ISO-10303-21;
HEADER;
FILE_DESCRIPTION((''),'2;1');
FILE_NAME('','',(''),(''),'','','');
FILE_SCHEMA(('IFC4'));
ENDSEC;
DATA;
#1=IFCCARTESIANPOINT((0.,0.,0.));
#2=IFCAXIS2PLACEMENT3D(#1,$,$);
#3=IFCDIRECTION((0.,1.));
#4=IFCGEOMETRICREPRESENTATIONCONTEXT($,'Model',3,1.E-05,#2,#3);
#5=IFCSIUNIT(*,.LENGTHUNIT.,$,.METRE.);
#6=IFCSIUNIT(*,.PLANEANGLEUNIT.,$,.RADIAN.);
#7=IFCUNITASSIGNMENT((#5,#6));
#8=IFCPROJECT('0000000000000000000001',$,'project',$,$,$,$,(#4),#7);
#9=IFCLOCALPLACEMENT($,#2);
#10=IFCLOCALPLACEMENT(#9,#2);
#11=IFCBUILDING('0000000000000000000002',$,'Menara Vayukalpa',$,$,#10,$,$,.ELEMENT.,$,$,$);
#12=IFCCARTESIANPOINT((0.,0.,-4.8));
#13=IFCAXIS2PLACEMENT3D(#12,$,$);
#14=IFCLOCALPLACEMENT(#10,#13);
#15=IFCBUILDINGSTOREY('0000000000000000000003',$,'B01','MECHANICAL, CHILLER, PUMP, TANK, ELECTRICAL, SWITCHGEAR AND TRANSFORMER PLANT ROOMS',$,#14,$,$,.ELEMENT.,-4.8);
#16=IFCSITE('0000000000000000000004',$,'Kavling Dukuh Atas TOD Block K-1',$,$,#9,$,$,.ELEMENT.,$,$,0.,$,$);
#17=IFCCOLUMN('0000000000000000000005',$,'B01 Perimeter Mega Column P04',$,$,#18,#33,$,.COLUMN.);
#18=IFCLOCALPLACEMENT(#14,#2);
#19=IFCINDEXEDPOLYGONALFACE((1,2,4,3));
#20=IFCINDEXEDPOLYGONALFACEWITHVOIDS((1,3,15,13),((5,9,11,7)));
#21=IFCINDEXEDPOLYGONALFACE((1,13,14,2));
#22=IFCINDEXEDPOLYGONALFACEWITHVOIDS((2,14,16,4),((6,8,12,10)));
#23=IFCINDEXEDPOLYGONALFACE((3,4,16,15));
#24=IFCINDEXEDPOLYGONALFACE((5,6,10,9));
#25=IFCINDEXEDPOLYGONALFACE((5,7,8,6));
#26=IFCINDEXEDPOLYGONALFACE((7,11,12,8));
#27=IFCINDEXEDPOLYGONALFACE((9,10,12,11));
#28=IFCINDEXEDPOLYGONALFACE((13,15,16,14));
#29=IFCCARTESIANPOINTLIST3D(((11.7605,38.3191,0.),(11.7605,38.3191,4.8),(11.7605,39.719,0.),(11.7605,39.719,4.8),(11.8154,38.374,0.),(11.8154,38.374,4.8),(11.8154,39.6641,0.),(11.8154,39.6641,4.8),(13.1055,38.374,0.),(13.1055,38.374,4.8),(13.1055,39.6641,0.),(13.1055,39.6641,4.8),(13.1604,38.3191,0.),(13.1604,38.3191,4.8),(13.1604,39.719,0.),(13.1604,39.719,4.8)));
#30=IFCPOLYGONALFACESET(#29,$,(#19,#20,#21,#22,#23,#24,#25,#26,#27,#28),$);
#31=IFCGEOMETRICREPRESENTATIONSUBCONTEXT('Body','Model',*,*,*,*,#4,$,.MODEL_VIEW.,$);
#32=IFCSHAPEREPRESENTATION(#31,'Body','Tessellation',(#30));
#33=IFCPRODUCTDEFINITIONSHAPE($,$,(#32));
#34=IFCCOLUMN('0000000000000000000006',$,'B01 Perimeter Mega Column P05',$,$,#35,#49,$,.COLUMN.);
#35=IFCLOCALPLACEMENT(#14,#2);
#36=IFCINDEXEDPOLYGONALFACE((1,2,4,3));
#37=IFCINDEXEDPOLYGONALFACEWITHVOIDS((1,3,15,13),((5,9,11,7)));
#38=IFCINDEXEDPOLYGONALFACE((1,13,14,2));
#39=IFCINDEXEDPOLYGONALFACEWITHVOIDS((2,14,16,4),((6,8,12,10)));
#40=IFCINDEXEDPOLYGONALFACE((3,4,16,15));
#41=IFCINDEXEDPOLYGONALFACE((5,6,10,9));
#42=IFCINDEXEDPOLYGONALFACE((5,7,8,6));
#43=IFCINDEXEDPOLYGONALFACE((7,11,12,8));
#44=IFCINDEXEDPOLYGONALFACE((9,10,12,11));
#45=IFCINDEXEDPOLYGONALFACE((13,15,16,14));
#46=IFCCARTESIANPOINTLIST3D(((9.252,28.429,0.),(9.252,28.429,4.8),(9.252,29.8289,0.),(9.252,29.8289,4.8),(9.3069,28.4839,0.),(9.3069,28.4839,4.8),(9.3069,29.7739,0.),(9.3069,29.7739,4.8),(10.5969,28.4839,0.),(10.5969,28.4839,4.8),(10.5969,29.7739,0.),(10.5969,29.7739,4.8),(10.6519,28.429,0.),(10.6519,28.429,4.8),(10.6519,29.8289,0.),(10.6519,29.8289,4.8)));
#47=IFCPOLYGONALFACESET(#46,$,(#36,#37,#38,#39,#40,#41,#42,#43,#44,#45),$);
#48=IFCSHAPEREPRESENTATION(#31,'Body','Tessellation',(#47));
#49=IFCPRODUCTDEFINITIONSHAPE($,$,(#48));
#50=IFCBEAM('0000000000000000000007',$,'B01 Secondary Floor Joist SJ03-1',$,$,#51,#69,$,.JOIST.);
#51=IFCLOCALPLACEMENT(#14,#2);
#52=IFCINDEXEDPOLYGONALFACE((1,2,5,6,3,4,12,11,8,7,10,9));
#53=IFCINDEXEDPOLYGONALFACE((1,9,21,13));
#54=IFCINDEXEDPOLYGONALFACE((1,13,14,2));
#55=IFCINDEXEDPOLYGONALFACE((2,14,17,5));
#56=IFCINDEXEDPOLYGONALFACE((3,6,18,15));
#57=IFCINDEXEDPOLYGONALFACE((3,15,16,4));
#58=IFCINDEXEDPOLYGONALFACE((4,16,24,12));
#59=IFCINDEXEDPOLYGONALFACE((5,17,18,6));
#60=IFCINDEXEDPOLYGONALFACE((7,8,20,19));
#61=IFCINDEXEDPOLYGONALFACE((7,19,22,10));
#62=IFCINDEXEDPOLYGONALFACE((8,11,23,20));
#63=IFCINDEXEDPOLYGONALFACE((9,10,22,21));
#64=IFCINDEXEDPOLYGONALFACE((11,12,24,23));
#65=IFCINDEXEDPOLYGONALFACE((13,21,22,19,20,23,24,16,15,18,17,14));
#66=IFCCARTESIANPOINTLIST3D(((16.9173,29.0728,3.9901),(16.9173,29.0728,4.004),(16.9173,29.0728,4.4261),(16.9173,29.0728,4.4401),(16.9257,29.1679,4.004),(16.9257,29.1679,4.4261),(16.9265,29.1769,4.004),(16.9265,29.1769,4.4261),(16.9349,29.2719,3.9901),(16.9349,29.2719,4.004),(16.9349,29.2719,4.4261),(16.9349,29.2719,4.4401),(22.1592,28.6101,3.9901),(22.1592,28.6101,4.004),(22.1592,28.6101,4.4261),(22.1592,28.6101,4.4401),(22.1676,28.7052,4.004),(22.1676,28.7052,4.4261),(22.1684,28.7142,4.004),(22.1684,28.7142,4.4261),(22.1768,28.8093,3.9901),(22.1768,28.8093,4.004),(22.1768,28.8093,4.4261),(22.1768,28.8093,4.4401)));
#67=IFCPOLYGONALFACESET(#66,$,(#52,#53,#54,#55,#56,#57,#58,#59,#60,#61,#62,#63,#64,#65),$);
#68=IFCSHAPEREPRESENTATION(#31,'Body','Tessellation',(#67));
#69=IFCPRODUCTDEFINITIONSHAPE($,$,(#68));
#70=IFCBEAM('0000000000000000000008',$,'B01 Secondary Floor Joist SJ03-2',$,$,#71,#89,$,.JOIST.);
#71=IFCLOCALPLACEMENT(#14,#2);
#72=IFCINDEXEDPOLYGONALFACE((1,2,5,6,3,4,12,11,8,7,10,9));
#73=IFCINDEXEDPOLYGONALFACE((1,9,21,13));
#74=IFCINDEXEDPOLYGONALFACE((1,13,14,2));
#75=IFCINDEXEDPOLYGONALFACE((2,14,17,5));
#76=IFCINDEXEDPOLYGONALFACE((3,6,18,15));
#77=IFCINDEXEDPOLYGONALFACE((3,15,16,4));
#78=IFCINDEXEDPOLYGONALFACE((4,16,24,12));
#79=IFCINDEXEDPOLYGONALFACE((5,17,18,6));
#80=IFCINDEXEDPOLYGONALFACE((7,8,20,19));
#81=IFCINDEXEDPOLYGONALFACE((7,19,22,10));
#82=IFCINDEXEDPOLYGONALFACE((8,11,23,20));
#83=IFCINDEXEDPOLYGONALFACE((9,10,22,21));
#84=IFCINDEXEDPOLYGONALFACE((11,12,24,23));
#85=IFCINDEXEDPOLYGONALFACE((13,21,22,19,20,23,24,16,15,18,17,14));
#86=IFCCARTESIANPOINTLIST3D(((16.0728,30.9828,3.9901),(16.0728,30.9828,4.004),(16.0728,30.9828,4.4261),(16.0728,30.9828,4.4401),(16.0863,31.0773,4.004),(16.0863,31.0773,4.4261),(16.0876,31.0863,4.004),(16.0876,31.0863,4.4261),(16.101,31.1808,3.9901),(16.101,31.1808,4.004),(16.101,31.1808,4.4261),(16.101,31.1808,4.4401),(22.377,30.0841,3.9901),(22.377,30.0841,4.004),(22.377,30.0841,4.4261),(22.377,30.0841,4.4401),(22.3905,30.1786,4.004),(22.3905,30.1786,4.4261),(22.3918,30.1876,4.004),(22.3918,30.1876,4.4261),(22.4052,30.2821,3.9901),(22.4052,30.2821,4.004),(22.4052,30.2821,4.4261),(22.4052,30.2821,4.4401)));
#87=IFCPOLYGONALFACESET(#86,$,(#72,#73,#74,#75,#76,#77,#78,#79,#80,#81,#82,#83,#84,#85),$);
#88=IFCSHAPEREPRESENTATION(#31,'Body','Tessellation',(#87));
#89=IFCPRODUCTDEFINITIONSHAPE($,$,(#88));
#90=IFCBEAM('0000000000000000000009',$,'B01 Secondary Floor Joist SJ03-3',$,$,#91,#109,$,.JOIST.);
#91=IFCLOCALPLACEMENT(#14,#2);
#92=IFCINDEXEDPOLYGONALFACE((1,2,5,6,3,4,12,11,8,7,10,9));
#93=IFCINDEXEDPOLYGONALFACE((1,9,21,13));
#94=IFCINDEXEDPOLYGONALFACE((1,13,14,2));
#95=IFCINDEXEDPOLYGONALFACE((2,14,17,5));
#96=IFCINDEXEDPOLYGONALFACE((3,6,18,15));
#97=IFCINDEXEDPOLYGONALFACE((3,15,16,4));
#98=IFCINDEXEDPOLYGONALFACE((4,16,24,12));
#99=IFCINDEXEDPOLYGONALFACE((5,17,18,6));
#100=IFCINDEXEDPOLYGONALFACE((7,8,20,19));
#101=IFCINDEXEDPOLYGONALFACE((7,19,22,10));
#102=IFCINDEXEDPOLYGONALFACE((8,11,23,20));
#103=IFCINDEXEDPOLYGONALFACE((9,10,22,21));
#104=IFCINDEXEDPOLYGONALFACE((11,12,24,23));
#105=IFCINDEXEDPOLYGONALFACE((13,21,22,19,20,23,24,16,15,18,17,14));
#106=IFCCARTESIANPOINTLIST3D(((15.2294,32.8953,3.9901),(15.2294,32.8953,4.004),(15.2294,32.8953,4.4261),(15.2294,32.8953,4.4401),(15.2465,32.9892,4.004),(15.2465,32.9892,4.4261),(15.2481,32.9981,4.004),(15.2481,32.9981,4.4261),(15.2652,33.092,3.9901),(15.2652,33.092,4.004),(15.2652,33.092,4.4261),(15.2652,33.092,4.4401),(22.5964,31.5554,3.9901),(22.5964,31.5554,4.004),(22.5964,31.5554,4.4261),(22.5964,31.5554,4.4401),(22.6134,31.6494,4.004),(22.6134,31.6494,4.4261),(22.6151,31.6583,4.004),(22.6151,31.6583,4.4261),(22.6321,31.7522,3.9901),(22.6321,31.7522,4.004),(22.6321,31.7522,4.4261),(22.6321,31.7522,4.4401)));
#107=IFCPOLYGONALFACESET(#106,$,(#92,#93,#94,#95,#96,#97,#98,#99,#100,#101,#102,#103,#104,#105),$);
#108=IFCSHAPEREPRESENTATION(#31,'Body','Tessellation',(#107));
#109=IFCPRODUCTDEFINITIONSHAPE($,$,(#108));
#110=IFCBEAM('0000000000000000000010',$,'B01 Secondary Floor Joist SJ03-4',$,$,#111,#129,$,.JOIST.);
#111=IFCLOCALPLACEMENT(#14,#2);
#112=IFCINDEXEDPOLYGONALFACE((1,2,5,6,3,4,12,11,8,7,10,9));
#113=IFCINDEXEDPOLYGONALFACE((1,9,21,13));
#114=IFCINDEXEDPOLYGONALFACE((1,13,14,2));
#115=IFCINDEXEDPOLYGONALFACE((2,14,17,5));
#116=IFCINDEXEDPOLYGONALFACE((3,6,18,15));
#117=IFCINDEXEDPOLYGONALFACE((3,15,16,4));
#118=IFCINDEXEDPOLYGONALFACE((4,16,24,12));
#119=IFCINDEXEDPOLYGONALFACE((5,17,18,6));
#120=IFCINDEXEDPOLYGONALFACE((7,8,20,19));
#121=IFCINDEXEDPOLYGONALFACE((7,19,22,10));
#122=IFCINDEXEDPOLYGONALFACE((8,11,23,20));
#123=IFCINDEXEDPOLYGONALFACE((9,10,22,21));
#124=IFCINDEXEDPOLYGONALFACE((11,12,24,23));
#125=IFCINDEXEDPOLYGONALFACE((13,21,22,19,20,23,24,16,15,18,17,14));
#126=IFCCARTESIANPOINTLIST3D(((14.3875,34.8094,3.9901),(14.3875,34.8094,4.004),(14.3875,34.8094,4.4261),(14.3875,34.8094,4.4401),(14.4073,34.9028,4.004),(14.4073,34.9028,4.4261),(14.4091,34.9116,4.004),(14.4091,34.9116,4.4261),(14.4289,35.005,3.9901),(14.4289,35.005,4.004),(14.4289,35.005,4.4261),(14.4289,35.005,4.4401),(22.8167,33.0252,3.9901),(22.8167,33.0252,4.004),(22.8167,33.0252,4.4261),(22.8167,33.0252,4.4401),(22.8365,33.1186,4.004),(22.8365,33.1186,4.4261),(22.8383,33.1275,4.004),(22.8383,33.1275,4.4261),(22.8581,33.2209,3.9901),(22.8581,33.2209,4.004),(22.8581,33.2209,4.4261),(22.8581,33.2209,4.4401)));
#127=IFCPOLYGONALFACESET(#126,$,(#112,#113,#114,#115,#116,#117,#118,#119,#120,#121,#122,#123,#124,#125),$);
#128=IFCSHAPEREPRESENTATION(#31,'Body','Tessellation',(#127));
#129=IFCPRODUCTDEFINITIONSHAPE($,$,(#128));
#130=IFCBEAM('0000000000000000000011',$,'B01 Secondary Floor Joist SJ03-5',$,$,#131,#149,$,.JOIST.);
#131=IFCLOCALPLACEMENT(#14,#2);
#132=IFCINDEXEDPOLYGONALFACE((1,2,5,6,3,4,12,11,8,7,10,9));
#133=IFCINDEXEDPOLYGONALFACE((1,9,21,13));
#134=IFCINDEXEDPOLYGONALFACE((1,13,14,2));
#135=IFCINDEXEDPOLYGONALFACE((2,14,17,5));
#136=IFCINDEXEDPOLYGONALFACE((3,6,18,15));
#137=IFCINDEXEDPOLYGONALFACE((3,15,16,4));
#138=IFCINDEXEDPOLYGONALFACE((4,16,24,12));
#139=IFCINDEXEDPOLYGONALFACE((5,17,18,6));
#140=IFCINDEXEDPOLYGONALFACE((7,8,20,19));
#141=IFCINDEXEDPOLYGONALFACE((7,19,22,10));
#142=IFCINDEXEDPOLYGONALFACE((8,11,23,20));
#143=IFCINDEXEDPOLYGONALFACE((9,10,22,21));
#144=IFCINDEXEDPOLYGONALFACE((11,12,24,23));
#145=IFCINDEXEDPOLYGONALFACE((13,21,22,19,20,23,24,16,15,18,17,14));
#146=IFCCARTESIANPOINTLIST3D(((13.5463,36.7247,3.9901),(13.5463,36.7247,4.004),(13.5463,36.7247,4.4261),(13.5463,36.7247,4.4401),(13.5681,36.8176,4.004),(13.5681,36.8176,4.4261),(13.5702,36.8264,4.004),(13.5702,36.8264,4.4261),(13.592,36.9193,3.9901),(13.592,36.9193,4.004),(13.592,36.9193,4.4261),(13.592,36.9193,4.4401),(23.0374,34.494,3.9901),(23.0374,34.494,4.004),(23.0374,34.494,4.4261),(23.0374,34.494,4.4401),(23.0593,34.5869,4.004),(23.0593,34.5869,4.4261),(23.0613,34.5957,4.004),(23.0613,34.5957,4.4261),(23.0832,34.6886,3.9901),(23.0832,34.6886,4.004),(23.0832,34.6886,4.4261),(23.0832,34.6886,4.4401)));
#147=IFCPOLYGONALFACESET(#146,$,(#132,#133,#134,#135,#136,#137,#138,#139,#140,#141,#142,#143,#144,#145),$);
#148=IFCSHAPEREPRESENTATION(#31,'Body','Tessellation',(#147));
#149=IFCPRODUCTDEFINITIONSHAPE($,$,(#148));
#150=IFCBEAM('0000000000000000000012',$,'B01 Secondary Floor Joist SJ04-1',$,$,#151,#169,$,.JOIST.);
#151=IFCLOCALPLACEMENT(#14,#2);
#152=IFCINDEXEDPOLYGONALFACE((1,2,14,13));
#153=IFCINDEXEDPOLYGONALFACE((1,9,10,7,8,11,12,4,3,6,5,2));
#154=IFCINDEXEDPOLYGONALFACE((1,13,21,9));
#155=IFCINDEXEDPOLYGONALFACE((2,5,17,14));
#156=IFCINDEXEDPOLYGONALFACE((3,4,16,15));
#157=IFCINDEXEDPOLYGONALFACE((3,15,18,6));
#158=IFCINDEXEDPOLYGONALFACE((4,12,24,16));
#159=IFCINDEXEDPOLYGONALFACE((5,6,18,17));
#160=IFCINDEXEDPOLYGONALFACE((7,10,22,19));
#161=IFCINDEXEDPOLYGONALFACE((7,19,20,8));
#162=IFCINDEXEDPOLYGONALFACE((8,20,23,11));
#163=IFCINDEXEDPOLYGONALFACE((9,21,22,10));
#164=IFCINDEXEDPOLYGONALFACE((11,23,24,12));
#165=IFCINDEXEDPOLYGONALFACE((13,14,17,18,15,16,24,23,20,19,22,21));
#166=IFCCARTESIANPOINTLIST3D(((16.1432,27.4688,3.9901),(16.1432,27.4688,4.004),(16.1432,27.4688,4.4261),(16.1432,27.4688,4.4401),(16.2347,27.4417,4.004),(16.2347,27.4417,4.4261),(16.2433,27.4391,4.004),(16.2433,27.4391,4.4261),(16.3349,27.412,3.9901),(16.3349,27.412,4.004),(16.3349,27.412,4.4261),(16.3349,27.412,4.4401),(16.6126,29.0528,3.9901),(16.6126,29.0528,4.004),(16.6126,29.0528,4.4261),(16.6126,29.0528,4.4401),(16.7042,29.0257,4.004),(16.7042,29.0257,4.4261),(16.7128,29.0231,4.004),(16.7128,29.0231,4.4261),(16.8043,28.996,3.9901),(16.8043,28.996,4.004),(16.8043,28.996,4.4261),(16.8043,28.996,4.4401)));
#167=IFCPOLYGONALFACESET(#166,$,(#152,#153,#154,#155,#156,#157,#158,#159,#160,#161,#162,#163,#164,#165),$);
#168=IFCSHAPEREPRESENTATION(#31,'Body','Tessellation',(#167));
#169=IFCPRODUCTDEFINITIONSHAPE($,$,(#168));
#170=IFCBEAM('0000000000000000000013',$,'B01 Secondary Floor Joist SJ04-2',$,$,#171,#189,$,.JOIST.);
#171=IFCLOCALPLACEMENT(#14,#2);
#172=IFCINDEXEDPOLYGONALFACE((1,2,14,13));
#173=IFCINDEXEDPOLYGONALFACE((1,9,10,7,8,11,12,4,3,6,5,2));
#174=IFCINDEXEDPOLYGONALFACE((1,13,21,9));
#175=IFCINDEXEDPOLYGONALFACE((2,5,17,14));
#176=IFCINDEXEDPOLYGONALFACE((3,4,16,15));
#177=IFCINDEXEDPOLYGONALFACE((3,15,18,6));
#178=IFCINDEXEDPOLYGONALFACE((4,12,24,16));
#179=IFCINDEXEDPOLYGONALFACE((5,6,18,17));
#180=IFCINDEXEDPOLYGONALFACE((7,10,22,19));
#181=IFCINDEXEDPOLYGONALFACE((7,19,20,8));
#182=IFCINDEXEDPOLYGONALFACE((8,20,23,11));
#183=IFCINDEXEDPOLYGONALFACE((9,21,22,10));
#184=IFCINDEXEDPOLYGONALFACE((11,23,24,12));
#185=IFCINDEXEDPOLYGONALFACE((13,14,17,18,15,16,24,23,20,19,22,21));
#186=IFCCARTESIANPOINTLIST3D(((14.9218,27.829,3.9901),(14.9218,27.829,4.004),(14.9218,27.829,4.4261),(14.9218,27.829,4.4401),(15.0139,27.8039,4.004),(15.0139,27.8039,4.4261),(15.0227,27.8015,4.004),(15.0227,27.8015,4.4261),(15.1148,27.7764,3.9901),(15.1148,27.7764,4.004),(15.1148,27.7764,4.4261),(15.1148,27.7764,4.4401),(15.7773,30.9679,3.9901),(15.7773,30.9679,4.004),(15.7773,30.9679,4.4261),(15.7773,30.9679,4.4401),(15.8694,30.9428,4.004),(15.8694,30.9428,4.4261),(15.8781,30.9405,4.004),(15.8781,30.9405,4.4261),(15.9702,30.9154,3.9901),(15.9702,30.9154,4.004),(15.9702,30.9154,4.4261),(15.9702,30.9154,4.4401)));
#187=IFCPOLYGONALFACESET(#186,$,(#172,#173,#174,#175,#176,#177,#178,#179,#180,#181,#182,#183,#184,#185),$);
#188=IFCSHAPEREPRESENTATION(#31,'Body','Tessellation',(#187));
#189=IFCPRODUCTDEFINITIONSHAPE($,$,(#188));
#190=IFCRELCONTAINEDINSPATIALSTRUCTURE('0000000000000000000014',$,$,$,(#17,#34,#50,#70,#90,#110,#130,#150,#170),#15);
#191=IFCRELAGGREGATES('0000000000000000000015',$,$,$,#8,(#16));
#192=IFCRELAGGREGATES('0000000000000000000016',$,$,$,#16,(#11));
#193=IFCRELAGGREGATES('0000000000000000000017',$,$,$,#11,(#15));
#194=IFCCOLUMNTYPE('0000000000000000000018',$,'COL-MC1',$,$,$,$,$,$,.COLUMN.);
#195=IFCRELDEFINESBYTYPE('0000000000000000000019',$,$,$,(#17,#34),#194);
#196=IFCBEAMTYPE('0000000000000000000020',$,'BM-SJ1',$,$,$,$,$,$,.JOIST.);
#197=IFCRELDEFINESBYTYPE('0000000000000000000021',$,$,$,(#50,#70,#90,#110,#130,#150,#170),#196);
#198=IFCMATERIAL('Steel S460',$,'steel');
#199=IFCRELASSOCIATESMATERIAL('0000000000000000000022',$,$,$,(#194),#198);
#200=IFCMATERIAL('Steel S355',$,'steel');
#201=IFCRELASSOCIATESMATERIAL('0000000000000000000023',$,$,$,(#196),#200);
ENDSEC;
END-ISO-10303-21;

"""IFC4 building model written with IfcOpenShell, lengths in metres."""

from ifc_helpers import new_model, si_unit, direction, frame, origin, origin_2d, place, context, subcontext, project, spatial, hollow_rectangle, i_section, extrude, material, material_profile, profile_set, type_object, element, save


model = new_model("IFC4")

# Units and contexts
model_context = context("Model", 3, precision=1e-05, world=origin(), true_north=direction((0.0, 1.0)))
body_context = subcontext(model_context, "Body", "Model", "MODEL_VIEW")
ifc_project = project(units=[si_unit("LENGTHUNIT", "METRE"), si_unit("PLANEANGLEUNIT", "RADIAN")], contexts=[model_context])

# Site, building, storey
site_placement = place(None, origin())
site = spatial("IfcSite", under=ifc_project, at=site_placement, Name="Kavling Dukuh Atas TOD Block K-1", CompositionType="ELEMENT", RefElevation=0.0)
building_placement = place(site_placement, origin())
building = spatial("IfcBuilding", under=site, at=building_placement, Name="Menara Vayukalpa", CompositionType="ELEMENT")
storey_placement = place(building_placement, frame((0.0, 0.0, -4.8)))
storey = spatial("IfcBuildingStorey", under=building, at=storey_placement, Name="B01", Description="MECHANICAL, CHILLER, PUMP, TANK, ELECTRICAL, SWITCHGEAR AND TRANSFORMER PLANT ROOMS", CompositionType="ELEMENT", Elevation=-4.8)

# Columns
ifc_material_1 = material(Name="Steel S460", Category="steel")
ifc_material_profile_1 = material_profile(ifc_material_1, hollow_rectangle(XDim=1.3999, YDim=1.3999, WallThickness=0.0549, at=origin_2d()), Name="BOX 1400x1400x55")
ifc_profile_set_1 = profile_set([ifc_material_profile_1], Name="Steel S460")
column_type = type_object("IfcColumnType", Name="COL-MC1", PredefinedType="COLUMN", material=ifc_profile_set_1)
for number, where, z_axis, x_axis, name in (
    (1, (12.4604, 39.019, 0.0), (0.0, 0.0, 1.0), (1.0, 0.0, 0.0), "B01 Perimeter Mega Column P04"),
    (2, (9.9519, 29.1289, 0.0), (0.0, 0.0, 1.0), (1.0, 0.0, 0.0), "B01 Perimeter Mega Column P05"),
):
    element("IfcColumn", number, at=place(storey_placement, frame(where, z_axis=z_axis, x_axis=x_axis)), inside=storey, type_object=column_type, Name=name, PredefinedType="COLUMN", context=body_context, shape_type="SweptSolid", body=[
        extrude(hollow_rectangle(XDim=1.3999, YDim=1.3999, WallThickness=0.0549, at=origin_2d()), origin(), (0.0, 0.0, 1.0), 4.8),
    ])

# Beams
ifc_material_2 = material(Name="Steel S355", Category="steel")
ifc_material_profile_2 = material_profile(ifc_material_2, i_section(OverallWidth=0.2, OverallDepth=0.45, WebThickness=0.009, FlangeThickness=0.0139, at=origin_2d()), Name="WF 450x200x9x14")
ifc_profile_set_2 = profile_set([ifc_material_profile_2], Name="Steel S355")
beam_type_1 = type_object("IfcBeamType", Name="BM-SJ1", PredefinedType="JOIST", material=ifc_profile_set_2)
beam_1_placement = place(storey_placement, frame((22.168, 28.7097, 4.2151), z_axis=(-0.996128, 0.087917, 0.0), x_axis=(-0.087917, -0.996128, 0.0)))
element("IfcBeam", 3, at=beam_1_placement, inside=storey, type_object=beam_type_1, Name="B01 Secondary Floor Joist SJ03-1", PredefinedType="JOIST", context=body_context, shape_type="SweptSolid", body=[
    extrude(i_section(OverallWidth=0.2, OverallDepth=0.45, WebThickness=0.009, FlangeThickness=0.0139, at=origin_2d()), origin(), (0.0, 0.0, 1.0), 5.2622),
])
beam_2_placement = place(storey_placement, frame((22.3911, 30.1831, 4.2151), z_axis=(-0.989992, 0.141126, 0.0), x_axis=(-0.141126, -0.989992, 0.0)))
element("IfcBeam", 4, at=beam_2_placement, inside=storey, type_object=beam_type_1, Name="B01 Secondary Floor Joist SJ03-2", PredefinedType="JOIST", context=body_context, shape_type="SweptSolid", body=[
    extrude(i_section(OverallWidth=0.2, OverallDepth=0.45, WebThickness=0.009, FlangeThickness=0.0139, at=origin_2d()), origin(), (0.0, 0.0, 1.0), 6.3679),
])
beam_3_placement = place(storey_placement, frame((22.6143, 31.6538, 4.2151), z_axis=(-0.983861, 0.178937, 0.0), x_axis=(-0.178937, -0.983861, 0.0)))
element("IfcBeam", 5, at=beam_3_placement, inside=storey, type_object=beam_type_1, Name="B01 Secondary Floor Joist SJ03-3", PredefinedType="JOIST", context=body_context, shape_type="SweptSolid", body=[
    extrude(i_section(OverallWidth=0.2, OverallDepth=0.45, WebThickness=0.009, FlangeThickness=0.0139, at=origin_2d()), origin(), (0.0, 0.0, 1.0), 7.4878),
])
beam_4_placement = place(storey_placement, frame((22.8374, 33.123, 4.2151), z_axis=(-0.978324, 0.207079, 0.0), x_axis=(-0.207079, -0.978324, 0.0)))
element("IfcBeam", 6, at=beam_4_placement, inside=storey, type_object=beam_type_1, Name="B01 Secondary Floor Joist SJ03-4", PredefinedType="JOIST", context=body_context, shape_type="SweptSolid", body=[
    extrude(i_section(OverallWidth=0.2, OverallDepth=0.45, WebThickness=0.009, FlangeThickness=0.0139, at=origin_2d()), origin(), (0.0, 0.0, 1.0), 8.616),
])
beam_5_placement = place(storey_placement, frame((23.0603, 34.5913, 4.2151), z_axis=(-0.973475, 0.228795, 0.0), x_axis=(-0.228795, -0.973475, 0.0)))
element("IfcBeam", 7, at=beam_5_placement, inside=storey, type_object=beam_type_1, Name="B01 Secondary Floor Joist SJ03-5", PredefinedType="JOIST", context=body_context, shape_type="SweptSolid", body=[
    extrude(i_section(OverallWidth=0.2, OverallDepth=0.45, WebThickness=0.009, FlangeThickness=0.0139, at=origin_2d()), origin(), (0.0, 0.0, 1.0), 9.7498),
])
beam_6_placement = place(storey_placement, frame((16.7085, 29.0244, 4.2151), z_axis=(-0.284174, -0.958773, 0.0), x_axis=(0.958773, -0.284174, 0.0)))
element("IfcBeam", 8, at=beam_6_placement, inside=storey, type_object=beam_type_1, Name="B01 Secondary Floor Joist SJ04-1", PredefinedType="JOIST", context=body_context, shape_type="SweptSolid", body=[
    extrude(i_section(OverallWidth=0.2, OverallDepth=0.45, WebThickness=0.009, FlangeThickness=0.0139, at=origin_2d()), origin(), (0.0, 0.0, 1.0), 1.6521),
])
beam_7_placement = place(storey_placement, frame((15.8738, 30.9417, 4.2151), z_axis=(-0.262946, -0.964811, 0.0), x_axis=(0.964811, -0.262946, 0.0)))
element("IfcBeam", 9, at=beam_7_placement, inside=storey, type_object=beam_type_1, Name="B01 Secondary Floor Joist SJ04-2", PredefinedType="JOIST", context=body_context, shape_type="SweptSolid", body=[
    extrude(i_section(OverallWidth=0.2, OverallDepth=0.45, WebThickness=0.009, FlangeThickness=0.0139, at=origin_2d()), origin(), (0.0, 0.0, 1.0), 3.2534),
])

save(model, "model.ifc")
